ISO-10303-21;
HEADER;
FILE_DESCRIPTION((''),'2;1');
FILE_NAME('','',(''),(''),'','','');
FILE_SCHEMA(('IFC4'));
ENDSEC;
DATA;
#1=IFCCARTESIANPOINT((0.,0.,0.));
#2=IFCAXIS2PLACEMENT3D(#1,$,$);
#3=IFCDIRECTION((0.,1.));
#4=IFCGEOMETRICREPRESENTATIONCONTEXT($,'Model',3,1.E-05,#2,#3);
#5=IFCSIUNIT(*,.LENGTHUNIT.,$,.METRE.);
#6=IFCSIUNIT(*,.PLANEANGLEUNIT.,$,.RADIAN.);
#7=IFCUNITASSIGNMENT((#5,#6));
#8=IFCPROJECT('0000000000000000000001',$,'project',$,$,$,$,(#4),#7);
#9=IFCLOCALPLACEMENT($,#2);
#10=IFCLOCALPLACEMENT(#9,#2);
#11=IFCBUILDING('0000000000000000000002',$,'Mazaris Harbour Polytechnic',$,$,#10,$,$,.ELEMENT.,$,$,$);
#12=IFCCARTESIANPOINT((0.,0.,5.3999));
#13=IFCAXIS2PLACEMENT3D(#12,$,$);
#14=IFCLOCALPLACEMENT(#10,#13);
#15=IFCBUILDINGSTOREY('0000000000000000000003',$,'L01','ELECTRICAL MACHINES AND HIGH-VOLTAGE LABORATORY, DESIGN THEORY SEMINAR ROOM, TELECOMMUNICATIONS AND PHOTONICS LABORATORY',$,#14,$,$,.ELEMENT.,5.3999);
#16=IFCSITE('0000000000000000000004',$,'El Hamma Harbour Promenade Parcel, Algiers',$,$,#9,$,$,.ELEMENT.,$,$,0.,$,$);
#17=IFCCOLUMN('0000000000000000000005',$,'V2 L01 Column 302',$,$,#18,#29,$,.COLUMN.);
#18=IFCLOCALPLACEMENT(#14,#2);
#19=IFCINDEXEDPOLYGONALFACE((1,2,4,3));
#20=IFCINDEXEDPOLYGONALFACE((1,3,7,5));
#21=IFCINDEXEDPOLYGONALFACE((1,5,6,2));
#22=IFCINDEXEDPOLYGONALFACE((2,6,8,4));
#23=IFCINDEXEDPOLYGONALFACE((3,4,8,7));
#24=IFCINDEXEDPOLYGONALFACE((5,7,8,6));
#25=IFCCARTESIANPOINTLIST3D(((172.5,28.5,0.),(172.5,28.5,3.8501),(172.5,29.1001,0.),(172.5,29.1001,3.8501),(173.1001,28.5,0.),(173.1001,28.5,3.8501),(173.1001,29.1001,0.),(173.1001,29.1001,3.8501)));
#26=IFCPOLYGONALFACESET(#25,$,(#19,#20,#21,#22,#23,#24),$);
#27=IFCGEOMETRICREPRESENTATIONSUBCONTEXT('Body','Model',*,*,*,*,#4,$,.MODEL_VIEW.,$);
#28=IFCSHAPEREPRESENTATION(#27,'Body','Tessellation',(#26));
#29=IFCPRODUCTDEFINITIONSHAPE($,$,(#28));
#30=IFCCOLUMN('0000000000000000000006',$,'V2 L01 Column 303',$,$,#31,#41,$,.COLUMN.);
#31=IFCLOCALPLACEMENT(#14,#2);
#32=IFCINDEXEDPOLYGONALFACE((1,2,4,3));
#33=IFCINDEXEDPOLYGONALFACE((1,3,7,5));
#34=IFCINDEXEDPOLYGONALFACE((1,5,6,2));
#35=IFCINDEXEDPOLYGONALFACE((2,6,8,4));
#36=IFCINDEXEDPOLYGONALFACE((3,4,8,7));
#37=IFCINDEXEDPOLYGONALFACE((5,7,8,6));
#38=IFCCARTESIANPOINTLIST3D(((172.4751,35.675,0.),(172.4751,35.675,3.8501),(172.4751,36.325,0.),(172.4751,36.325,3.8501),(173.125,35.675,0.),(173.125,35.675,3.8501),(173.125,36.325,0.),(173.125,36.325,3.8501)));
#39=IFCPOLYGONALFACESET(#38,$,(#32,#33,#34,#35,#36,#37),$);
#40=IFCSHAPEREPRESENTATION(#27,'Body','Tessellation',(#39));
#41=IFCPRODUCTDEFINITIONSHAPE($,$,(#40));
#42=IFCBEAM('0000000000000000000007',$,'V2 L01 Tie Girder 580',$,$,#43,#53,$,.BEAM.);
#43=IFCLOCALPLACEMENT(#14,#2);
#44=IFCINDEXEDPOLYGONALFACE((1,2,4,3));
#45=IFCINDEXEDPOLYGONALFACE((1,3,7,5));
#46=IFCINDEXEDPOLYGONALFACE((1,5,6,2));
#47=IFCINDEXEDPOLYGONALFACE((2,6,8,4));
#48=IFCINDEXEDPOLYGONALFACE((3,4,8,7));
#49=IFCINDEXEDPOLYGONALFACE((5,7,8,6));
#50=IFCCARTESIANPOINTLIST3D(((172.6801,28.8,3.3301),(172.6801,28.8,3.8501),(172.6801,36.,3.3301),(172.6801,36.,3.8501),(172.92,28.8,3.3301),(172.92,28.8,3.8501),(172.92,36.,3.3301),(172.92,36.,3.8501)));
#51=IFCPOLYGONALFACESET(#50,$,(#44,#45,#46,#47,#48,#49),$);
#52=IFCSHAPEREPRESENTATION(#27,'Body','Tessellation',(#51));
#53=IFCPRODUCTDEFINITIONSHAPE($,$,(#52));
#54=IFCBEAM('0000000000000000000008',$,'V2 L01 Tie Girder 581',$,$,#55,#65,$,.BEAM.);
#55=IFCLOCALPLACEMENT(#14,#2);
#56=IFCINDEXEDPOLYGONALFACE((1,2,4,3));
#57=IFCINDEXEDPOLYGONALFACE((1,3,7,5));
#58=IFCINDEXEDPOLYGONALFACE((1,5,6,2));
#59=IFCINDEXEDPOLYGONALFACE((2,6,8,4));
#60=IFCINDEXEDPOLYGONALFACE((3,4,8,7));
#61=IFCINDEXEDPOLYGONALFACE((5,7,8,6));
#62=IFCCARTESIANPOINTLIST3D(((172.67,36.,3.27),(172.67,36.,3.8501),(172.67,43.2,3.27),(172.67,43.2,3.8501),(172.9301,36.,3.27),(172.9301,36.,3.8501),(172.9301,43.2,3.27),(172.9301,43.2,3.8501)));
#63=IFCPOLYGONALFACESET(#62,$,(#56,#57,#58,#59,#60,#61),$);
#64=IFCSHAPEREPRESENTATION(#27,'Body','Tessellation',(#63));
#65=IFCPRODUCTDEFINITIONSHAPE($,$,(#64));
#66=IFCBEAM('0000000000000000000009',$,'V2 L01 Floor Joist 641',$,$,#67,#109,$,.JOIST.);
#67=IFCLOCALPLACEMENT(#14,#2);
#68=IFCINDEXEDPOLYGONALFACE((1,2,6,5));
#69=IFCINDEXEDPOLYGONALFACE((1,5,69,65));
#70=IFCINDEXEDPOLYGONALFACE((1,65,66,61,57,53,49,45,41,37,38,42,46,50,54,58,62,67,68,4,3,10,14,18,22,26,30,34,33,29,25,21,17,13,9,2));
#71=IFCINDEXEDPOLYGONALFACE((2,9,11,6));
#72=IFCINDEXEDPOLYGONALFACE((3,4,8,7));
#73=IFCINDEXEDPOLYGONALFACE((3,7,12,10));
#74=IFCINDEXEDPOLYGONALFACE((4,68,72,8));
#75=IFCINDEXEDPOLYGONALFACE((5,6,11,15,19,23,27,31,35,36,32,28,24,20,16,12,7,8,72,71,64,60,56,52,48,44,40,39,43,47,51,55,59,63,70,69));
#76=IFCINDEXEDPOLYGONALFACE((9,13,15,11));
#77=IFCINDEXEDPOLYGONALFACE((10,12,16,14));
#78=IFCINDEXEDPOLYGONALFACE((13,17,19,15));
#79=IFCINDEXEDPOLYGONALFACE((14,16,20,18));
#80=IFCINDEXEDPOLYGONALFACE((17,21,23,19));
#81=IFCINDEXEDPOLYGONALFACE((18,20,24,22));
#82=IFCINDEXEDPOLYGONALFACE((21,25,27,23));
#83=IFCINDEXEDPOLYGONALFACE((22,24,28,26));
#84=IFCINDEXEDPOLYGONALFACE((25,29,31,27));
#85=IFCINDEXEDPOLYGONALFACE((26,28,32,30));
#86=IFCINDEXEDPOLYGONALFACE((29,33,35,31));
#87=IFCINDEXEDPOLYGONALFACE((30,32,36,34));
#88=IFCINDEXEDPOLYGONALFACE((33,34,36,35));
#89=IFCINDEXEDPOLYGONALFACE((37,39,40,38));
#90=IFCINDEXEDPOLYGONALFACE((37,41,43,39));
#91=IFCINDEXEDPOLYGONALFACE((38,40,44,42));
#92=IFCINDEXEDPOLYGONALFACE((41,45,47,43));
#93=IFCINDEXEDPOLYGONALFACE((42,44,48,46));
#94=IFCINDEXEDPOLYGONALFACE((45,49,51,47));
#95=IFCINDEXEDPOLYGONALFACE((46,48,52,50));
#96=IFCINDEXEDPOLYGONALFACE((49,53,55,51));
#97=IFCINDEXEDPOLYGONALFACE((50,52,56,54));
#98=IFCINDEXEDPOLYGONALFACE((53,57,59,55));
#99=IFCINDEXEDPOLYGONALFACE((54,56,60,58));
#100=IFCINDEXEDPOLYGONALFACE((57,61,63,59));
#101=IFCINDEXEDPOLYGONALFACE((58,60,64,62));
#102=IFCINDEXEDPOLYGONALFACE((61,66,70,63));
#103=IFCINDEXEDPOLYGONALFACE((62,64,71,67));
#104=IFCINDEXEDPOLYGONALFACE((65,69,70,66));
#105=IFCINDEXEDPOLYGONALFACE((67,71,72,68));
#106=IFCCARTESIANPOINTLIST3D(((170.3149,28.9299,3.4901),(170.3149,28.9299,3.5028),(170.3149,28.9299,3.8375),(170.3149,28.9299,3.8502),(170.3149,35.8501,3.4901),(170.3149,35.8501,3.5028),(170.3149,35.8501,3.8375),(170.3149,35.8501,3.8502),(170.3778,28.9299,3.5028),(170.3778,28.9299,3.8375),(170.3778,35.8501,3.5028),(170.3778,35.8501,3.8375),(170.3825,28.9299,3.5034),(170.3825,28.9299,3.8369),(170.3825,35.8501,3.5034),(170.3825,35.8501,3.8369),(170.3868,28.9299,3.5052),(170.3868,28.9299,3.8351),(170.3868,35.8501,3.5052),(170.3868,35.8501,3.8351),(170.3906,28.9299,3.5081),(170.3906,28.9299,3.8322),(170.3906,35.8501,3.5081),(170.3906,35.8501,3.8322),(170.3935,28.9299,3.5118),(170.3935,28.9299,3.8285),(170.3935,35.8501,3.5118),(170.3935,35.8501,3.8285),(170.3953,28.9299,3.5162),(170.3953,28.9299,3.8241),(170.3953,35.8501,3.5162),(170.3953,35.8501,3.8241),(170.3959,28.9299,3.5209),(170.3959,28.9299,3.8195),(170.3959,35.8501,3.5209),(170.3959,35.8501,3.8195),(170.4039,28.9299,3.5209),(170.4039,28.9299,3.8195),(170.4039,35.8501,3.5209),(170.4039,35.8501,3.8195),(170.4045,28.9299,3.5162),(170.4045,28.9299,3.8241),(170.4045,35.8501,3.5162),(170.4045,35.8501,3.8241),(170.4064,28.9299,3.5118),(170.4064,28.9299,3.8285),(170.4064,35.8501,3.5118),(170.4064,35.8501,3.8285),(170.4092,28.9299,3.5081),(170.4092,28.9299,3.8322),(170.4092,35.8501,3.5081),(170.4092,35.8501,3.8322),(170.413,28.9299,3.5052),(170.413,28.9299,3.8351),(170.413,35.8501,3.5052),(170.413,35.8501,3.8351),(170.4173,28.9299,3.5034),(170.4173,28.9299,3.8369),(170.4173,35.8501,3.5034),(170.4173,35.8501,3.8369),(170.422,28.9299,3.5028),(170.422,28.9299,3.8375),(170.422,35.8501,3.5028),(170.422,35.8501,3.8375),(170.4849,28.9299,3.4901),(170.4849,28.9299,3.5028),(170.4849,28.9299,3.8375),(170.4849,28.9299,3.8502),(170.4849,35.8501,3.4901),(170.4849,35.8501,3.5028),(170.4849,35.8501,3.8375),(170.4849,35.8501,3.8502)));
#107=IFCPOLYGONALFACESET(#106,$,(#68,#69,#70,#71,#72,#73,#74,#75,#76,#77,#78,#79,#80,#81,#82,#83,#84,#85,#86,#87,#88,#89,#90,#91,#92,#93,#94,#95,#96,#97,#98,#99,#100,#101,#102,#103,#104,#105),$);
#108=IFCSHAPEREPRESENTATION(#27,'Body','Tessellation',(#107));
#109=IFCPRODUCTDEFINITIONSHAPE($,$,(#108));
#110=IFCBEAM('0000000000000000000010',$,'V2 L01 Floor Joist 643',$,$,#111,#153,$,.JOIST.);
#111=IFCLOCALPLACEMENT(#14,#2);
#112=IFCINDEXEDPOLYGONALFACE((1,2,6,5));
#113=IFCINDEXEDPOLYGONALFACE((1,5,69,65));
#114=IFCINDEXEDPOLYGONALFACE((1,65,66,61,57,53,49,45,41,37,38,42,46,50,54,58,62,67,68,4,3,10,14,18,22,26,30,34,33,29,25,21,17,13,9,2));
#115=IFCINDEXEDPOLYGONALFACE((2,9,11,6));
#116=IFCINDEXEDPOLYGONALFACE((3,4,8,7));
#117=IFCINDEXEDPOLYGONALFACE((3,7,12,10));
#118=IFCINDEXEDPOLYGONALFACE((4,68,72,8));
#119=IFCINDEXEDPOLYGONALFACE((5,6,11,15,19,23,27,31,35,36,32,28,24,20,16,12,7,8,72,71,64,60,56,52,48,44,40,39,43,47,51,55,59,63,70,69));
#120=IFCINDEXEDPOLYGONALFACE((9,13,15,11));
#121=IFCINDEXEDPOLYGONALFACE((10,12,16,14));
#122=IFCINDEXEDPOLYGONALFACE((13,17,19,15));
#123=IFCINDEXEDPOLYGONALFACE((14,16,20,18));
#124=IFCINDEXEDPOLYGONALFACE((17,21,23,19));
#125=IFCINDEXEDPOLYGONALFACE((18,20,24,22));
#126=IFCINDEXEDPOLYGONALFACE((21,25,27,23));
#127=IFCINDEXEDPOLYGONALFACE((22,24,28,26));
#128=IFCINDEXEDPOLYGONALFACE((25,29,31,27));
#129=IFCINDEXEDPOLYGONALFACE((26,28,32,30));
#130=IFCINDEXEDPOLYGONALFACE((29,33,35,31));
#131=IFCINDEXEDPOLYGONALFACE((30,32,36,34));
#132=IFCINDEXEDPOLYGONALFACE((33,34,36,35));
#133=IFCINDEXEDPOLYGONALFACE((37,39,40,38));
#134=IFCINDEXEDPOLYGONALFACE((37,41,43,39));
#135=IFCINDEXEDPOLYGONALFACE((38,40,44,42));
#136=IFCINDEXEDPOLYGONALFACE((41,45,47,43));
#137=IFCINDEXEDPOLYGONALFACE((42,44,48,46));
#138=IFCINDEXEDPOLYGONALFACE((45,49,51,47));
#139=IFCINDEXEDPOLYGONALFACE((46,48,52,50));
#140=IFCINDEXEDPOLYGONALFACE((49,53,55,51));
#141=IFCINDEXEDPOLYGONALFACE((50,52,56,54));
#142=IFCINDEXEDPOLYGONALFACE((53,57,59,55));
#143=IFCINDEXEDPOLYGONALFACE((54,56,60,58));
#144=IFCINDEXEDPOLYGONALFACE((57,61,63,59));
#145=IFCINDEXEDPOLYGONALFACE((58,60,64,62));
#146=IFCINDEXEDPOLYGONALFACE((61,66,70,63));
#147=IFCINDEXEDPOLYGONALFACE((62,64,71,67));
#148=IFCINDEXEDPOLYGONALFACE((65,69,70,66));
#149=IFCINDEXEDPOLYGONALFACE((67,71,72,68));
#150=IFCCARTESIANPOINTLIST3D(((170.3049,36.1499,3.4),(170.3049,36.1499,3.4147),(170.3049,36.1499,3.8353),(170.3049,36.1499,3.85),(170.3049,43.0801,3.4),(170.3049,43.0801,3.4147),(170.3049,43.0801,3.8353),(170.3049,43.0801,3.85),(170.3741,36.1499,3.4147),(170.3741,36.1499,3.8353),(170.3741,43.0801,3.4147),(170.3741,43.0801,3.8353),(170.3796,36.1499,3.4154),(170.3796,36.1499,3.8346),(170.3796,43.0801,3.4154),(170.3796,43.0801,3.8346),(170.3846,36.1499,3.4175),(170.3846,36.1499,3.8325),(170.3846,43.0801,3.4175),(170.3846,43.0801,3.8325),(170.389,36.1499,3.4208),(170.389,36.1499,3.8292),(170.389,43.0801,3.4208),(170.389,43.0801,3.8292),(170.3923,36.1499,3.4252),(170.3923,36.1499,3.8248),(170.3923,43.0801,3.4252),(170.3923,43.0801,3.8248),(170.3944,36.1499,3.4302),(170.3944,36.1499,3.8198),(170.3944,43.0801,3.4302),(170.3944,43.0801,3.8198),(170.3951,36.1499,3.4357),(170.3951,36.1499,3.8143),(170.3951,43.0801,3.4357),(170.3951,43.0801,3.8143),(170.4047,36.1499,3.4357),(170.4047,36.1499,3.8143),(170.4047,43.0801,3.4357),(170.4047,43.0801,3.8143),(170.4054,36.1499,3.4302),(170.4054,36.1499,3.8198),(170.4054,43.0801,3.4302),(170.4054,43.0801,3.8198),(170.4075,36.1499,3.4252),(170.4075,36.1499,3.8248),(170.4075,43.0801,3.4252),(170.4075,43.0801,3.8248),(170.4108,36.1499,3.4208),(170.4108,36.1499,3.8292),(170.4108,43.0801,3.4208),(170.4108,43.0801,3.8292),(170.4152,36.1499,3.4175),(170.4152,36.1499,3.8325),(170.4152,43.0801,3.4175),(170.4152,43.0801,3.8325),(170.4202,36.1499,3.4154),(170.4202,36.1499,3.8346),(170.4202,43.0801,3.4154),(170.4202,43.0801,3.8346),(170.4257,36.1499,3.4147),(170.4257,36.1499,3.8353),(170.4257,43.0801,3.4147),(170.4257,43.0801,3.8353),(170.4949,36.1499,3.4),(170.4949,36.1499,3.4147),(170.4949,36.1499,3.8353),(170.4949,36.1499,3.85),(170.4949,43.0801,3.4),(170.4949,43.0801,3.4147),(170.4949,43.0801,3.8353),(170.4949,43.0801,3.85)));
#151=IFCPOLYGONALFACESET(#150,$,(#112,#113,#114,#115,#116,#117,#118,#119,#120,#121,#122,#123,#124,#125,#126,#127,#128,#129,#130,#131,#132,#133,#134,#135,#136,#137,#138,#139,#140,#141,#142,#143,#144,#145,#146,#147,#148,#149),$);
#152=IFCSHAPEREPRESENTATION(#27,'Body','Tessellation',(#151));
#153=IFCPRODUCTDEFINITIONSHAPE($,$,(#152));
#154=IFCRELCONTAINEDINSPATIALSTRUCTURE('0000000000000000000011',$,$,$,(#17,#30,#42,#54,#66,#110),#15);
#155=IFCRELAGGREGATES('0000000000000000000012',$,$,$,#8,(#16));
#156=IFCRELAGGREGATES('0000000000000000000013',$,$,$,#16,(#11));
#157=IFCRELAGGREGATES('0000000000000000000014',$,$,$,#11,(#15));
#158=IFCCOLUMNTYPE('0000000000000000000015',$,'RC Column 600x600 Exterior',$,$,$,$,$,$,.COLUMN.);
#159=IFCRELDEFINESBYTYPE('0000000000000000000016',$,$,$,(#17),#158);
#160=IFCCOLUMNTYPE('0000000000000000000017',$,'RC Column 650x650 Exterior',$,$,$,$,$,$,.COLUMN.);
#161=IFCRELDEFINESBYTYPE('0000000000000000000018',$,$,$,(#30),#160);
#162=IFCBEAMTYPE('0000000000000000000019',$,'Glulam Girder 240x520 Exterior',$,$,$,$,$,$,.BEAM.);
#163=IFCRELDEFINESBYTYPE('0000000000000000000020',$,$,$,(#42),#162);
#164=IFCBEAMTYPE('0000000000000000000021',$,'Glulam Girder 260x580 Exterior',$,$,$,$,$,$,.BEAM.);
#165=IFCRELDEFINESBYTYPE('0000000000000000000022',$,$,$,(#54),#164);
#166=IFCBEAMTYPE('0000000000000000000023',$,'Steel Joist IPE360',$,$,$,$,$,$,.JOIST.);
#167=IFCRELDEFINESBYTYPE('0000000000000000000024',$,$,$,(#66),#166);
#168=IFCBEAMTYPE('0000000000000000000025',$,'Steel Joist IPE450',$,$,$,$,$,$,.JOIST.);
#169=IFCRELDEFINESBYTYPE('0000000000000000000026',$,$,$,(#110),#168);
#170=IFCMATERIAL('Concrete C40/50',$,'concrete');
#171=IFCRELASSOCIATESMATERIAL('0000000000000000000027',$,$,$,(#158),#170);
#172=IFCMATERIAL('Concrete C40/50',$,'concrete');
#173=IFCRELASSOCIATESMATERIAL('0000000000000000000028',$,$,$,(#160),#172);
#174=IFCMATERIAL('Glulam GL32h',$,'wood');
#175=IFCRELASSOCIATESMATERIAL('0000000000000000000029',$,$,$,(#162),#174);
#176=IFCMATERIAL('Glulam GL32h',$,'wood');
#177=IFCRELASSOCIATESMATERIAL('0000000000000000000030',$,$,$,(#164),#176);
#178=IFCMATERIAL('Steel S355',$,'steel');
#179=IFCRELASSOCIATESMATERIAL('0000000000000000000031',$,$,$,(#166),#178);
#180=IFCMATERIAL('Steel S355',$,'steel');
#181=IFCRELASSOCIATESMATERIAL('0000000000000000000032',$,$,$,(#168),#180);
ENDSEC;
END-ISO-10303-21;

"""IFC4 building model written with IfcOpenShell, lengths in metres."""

from ifc_helpers import new_model, si_unit, direction, frame, origin, origin_2d, place, context, subcontext, project, spatial, rectangle, i_section, extrude, material, material_profile, profile_set, type_object, element, save


model = new_model("IFC4")

# Units and contexts
model_context = context("Model", 3, precision=1e-05, world=origin(), true_north=direction((0.0, 1.0)))
body_context = subcontext(model_context, "Body", "Model", "MODEL_VIEW")
ifc_project = project(units=[si_unit("LENGTHUNIT", "METRE"), si_unit("PLANEANGLEUNIT", "RADIAN")], contexts=[model_context])

# Site, building, storey
site_placement = place(None, origin())
site = spatial("IfcSite", under=ifc_project, at=site_placement, Name="El Hamma Harbour Promenade Parcel, Algiers", CompositionType="ELEMENT", RefElevation=0.0)
building_placement = place(site_placement, origin())
building = spatial("IfcBuilding", under=site, at=building_placement, Name="Mazaris Harbour Polytechnic", CompositionType="ELEMENT")
storey_placement = place(building_placement, frame((0.0, 0.0, 5.3999)))
storey = spatial("IfcBuildingStorey", under=building, at=storey_placement, Name="L01", Description="ELECTRICAL MACHINES AND HIGH-VOLTAGE LABORATORY, DESIGN THEORY SEMINAR ROOM, TELECOMMUNICATIONS AND PHOTONICS LABORATORY", CompositionType="ELEMENT", Elevation=5.3999)

# Columns
ifc_material_1 = material(Name="Concrete C40/50", Category="concrete")
ifc_material_profile_1 = material_profile(ifc_material_1, rectangle(XDim=0.6001, YDim=0.6001, at=origin_2d()), Name="RECT600x600")
ifc_profile_set_1 = profile_set([ifc_material_profile_1], Name="Concrete C40/50")
column_type_1 = type_object("IfcColumnType", Name="RC Column 600x600 Exterior", PredefinedType="COLUMN", material=ifc_profile_set_1)
column_1_placement = place(storey_placement, frame((172.8, 28.8, 0.0), z_axis=(0.0, 0.0, 1.0), x_axis=(1.0, 0.0, 0.0)))
element("IfcColumn", 1, at=column_1_placement, inside=storey, type_object=column_type_1, Name="V2 L01 Column 302", PredefinedType="COLUMN", context=body_context, shape_type="SweptSolid", body=[
    extrude(rectangle(XDim=0.6001, YDim=0.6001, at=origin_2d()), origin(), (0.0, 0.0, 1.0), 3.8501),
])
ifc_material_2 = material(Name="Concrete C40/50", Category="concrete")
ifc_material_profile_2 = material_profile(ifc_material_2, rectangle(XDim=0.6499, YDim=0.6499, at=origin_2d()), Name="RECT650x650")
ifc_profile_set_2 = profile_set([ifc_material_profile_2], Name="Concrete C40/50")
column_type_2 = type_object("IfcColumnType", Name="RC Column 650x650 Exterior", PredefinedType="COLUMN", material=ifc_profile_set_2)
column_2_placement = place(storey_placement, frame((172.8, 36.0, 0.0), z_axis=(0.0, 0.0, 1.0), x_axis=(1.0, 0.0, 0.0)))
element("IfcColumn", 2, at=column_2_placement, inside=storey, type_object=column_type_2, Name="V2 L01 Column 303", PredefinedType="COLUMN", context=body_context, shape_type="SweptSolid", body=[
    extrude(rectangle(XDim=0.6499, YDim=0.6499, at=origin_2d()), origin(), (0.0, 0.0, 1.0), 3.8501),
])

# Beams
ifc_material_3 = material(Name="Glulam GL32h", Category="wood")
ifc_material_profile_3 = material_profile(ifc_material_3, rectangle(XDim=0.24, YDim=0.52, at=origin_2d()), Name="RECT240x520")
ifc_profile_set_3 = profile_set([ifc_material_profile_3], Name="Glulam GL32h")
beam_type_1 = type_object("IfcBeamType", Name="Glulam Girder 240x520 Exterior", PredefinedType="BEAM", material=ifc_profile_set_3)
beam_1_placement = place(storey_placement, frame((172.8, 28.8, 3.5901), z_axis=(0.0, 1.0, 0.0), x_axis=(-1.0, 0.0, 0.0)))
element("IfcBeam", 3, at=beam_1_placement, inside=storey, type_object=beam_type_1, Name="V2 L01 Tie Girder 580", PredefinedType="BEAM", context=body_context, shape_type="SweptSolid", body=[
    extrude(rectangle(XDim=0.24, YDim=0.52, at=origin_2d()), origin(), (0.0, 0.0, 1.0), 7.2),
])
ifc_material_4 = material(Name="Glulam GL32h", Category="wood")
ifc_material_profile_4 = material_profile(ifc_material_4, rectangle(XDim=0.26, YDim=0.5801, at=origin_2d()), Name="RECT260x580")
ifc_profile_set_4 = profile_set([ifc_material_profile_4], Name="Glulam GL32h")
beam_type_2 = type_object("IfcBeamType", Name="Glulam Girder 260x580 Exterior", PredefinedType="BEAM", material=ifc_profile_set_4)
beam_2_placement = place(storey_placement, frame((172.8, 36.0, 3.5601), z_axis=(0.0, 1.0, 0.0), x_axis=(-1.0, 0.0, 0.0)))
element("IfcBeam", 4, at=beam_2_placement, inside=storey, type_object=beam_type_2, Name="V2 L01 Tie Girder 581", PredefinedType="BEAM", context=body_context, shape_type="SweptSolid", body=[
    extrude(rectangle(XDim=0.26, YDim=0.5801, at=origin_2d()), origin(), (0.0, 0.0, 1.0), 7.2),
])
ifc_material_5 = material(Name="Steel S355", Category="steel")
ifc_material_profile_5 = material_profile(ifc_material_5, i_section(OverallWidth=0.1699, OverallDepth=0.3601, WebThickness=0.0081, FlangeThickness=0.0127, FilletRadius=0.0181, at=origin_2d()), Name="IPE 360")
ifc_profile_set_5 = profile_set([ifc_material_profile_5], Name="Steel S355")
beam_type_3 = type_object("IfcBeamType", Name="Steel Joist IPE360", PredefinedType="JOIST", material=ifc_profile_set_5)
beam_3_placement = place(storey_placement, frame((170.3999, 28.9299, 3.6702), z_axis=(0.0, 1.0, 0.0), x_axis=(-1.0, 0.0, 0.0)))
element("IfcBeam", 5, at=beam_3_placement, inside=storey, type_object=beam_type_3, Name="V2 L01 Floor Joist 641", PredefinedType="JOIST", context=body_context, shape_type="SweptSolid", body=[
    extrude(i_section(OverallWidth=0.1699, OverallDepth=0.3601, WebThickness=0.0081, FlangeThickness=0.0127, FilletRadius=0.0181, at=origin_2d()), origin(), (0.0, 0.0, 1.0), 6.9202),
])
ifc_material_6 = material(Name="Steel S355", Category="steel")
ifc_material_profile_6 = material_profile(ifc_material_6, i_section(OverallWidth=0.1899, OverallDepth=0.45, WebThickness=0.0095, FlangeThickness=0.0146, FilletRadius=0.021, at=origin_2d()), Name="IPE 450")
ifc_profile_set_6 = profile_set([ifc_material_profile_6], Name="Steel S355")
beam_type_4 = type_object("IfcBeamType", Name="Steel Joist IPE450", PredefinedType="JOIST", material=ifc_profile_set_6)
beam_4_placement = place(storey_placement, frame((170.3999, 36.1499, 3.625), z_axis=(0.0, 1.0, 0.0), x_axis=(-1.0, 0.0, 0.0)))
element("IfcBeam", 6, at=beam_4_placement, inside=storey, type_object=beam_type_4, Name="V2 L01 Floor Joist 643", PredefinedType="JOIST", context=body_context, shape_type="SweptSolid", body=[
    extrude(i_section(OverallWidth=0.1899, OverallDepth=0.45, WebThickness=0.0095, FlangeThickness=0.0146, FilletRadius=0.021, at=origin_2d()), origin(), (0.0, 0.0, 1.0), 6.9302),
])

save(model, "model.ifc")
